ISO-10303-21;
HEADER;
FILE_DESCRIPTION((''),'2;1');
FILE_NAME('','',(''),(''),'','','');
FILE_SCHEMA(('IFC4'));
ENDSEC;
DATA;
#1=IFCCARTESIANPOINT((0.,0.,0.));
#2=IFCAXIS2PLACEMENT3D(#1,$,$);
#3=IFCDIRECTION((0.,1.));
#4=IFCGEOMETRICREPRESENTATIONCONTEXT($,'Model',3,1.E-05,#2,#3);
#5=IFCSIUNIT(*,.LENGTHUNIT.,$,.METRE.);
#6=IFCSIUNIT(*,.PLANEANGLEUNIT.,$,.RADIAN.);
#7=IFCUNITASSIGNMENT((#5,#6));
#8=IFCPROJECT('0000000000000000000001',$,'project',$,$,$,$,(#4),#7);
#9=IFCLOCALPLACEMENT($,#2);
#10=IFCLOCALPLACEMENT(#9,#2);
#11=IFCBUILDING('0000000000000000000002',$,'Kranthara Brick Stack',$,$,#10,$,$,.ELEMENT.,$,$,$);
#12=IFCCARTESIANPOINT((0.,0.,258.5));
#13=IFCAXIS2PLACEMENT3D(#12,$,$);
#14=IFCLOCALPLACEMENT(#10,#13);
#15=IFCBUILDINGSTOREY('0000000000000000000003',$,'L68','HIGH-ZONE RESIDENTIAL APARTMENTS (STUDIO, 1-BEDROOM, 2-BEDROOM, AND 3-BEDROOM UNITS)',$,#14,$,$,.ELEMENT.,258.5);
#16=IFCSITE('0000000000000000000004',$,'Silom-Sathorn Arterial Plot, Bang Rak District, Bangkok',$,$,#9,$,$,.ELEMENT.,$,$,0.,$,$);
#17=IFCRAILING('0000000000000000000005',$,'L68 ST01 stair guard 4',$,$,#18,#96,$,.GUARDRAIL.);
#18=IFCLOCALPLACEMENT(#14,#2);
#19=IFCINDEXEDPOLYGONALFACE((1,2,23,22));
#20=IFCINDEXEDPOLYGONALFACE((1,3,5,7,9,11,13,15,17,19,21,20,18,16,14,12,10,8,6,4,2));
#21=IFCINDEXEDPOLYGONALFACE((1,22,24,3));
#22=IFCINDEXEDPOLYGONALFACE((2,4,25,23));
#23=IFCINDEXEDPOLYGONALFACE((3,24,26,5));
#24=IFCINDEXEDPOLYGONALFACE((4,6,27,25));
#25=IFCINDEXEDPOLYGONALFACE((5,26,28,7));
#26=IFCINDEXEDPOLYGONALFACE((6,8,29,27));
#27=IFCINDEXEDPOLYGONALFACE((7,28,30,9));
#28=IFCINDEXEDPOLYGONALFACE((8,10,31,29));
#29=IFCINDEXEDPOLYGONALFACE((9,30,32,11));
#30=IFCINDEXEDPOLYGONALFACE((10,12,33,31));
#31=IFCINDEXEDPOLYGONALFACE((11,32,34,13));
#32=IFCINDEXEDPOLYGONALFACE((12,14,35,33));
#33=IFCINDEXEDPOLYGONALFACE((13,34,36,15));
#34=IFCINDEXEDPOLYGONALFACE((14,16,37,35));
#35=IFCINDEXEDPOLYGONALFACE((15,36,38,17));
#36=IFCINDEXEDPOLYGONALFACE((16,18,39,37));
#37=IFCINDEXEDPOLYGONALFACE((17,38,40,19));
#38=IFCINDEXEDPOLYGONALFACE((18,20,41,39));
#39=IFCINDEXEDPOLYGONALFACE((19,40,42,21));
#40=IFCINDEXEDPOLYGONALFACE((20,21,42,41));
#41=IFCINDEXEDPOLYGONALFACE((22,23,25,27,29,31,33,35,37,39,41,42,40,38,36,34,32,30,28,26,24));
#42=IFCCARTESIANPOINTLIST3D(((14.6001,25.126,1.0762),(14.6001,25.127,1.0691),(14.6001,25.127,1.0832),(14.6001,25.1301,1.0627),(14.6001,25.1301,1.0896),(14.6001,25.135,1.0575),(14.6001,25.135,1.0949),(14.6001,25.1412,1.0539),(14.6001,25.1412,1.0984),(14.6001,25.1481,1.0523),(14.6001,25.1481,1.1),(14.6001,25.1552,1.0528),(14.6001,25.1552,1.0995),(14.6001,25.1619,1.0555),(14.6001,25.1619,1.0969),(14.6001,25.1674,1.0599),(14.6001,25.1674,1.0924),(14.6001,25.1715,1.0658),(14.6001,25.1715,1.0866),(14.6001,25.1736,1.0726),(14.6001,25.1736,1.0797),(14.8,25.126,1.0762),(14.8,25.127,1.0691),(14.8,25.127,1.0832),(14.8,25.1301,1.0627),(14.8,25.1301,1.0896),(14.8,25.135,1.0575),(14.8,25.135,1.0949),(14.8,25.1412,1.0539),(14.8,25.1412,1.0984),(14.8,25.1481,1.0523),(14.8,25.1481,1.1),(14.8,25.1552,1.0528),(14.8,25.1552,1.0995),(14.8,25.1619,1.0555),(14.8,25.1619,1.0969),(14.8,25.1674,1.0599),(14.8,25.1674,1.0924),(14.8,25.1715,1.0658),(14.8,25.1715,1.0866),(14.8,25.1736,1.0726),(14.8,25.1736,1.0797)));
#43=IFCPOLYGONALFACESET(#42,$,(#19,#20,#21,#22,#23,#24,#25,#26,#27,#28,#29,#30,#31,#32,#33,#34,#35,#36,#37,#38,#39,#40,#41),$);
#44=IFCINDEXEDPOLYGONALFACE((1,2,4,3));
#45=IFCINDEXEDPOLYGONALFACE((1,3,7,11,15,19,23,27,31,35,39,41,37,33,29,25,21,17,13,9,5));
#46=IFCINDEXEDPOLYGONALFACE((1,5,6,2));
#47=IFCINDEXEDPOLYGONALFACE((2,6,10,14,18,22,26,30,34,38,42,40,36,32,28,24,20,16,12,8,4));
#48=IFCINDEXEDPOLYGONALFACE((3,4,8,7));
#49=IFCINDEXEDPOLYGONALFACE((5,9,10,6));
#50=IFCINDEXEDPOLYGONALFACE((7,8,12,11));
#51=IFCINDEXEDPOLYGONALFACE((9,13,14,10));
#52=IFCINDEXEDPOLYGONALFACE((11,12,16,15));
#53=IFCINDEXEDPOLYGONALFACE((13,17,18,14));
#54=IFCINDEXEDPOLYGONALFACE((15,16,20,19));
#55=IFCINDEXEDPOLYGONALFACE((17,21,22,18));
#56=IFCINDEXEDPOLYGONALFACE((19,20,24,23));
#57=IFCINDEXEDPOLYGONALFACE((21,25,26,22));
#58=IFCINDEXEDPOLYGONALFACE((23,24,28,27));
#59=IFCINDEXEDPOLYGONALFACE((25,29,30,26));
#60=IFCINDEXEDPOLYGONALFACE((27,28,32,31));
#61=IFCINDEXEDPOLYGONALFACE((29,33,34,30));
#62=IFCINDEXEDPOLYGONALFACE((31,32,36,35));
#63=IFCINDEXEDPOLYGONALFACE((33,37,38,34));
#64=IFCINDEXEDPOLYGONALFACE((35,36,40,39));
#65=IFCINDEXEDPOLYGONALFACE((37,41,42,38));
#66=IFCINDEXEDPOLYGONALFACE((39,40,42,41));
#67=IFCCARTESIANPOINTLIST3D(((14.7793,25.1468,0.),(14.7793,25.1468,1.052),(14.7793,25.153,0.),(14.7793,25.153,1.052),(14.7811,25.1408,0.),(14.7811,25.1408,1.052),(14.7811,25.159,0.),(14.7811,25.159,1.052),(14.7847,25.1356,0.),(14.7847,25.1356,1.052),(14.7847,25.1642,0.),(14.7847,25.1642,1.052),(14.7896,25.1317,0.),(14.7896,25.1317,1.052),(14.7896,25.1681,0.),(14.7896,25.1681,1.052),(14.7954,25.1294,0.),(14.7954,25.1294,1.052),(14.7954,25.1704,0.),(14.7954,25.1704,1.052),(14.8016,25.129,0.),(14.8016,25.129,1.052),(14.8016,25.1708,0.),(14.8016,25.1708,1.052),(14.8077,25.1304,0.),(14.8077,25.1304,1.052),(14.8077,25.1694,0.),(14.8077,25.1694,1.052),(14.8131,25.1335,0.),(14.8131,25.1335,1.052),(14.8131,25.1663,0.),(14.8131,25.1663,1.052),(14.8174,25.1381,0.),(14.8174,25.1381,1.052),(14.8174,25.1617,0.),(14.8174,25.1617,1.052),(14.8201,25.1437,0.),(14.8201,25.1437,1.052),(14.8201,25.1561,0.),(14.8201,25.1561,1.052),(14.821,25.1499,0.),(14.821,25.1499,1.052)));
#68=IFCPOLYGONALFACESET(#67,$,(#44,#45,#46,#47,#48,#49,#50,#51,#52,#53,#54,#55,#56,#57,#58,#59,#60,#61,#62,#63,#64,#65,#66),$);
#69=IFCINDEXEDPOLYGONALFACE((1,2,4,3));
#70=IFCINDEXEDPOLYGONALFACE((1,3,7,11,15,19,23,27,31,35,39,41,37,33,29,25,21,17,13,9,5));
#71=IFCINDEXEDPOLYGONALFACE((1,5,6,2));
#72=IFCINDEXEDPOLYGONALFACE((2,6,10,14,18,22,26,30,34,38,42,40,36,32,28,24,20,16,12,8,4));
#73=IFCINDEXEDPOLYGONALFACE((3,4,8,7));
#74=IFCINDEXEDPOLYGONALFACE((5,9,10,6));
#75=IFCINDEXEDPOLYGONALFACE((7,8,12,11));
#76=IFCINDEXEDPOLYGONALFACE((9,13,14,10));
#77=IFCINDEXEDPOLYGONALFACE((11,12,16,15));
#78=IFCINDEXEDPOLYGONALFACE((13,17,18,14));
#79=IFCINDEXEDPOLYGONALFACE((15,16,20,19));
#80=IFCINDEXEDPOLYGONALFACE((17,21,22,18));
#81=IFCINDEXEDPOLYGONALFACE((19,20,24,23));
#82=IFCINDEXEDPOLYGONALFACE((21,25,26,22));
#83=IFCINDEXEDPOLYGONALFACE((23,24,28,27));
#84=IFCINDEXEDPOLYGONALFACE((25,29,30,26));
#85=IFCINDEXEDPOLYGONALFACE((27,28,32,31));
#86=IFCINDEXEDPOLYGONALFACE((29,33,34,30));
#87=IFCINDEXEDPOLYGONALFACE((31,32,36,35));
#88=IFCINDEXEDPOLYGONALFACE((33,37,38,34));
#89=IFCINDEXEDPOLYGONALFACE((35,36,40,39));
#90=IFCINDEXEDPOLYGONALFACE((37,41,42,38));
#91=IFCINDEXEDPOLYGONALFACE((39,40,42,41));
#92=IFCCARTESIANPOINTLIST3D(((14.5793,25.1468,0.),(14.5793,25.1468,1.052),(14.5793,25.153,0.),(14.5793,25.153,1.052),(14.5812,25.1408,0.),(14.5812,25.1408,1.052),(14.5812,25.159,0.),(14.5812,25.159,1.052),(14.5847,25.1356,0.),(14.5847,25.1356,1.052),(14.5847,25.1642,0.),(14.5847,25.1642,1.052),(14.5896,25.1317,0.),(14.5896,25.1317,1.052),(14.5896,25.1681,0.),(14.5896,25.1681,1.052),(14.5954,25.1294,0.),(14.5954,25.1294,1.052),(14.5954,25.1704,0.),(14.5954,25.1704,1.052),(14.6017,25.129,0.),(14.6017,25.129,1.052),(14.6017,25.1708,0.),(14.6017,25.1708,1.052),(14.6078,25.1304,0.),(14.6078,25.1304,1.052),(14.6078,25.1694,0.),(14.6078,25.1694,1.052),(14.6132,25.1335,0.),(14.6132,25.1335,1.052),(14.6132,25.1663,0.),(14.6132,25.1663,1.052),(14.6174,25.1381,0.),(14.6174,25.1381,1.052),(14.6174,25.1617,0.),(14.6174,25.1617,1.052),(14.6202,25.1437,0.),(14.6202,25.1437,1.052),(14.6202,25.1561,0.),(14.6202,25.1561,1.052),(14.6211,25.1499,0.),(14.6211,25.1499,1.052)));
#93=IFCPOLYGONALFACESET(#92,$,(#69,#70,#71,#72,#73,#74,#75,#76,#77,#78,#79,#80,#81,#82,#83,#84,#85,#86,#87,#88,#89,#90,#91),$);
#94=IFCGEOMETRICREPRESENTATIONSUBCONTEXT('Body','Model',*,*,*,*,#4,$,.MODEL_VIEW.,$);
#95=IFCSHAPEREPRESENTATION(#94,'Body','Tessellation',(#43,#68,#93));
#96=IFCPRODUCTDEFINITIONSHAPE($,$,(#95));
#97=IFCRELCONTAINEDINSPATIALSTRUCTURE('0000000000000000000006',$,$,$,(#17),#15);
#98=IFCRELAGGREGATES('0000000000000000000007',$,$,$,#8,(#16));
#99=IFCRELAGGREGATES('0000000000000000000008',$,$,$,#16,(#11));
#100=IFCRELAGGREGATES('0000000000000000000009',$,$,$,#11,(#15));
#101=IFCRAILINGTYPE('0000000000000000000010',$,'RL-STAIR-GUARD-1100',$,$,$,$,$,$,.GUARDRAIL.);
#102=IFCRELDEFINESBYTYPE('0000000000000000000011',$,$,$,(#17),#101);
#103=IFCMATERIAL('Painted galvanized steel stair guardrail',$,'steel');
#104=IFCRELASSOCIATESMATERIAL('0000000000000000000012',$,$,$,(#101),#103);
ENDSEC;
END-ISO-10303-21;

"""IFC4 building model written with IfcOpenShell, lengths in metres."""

from ifc_helpers import new_model, si_unit, direction, frame, origin, origin_2d, place, context, subcontext, project, spatial, circle, extrude, material, type_object, element, save


model = new_model("IFC4")

# Units and contexts
model_context = context("Model", 3, precision=1e-05, world=origin(), true_north=direction((0.0, 1.0)))
body_context = subcontext(model_context, "Body", "Model", "MODEL_VIEW")
ifc_project = project(units=[si_unit("LENGTHUNIT", "METRE"), si_unit("PLANEANGLEUNIT", "RADIAN")], contexts=[model_context])

# Site, building, storey
site_placement = place(None, origin())
site = spatial("IfcSite", under=ifc_project, at=site_placement, Name="Silom-Sathorn Arterial Plot, Bang Rak District, Bangkok", CompositionType="ELEMENT", RefElevation=0.0)
building_placement = place(site_placement, origin())
building = spatial("IfcBuilding", under=site, at=building_placement, Name="Kranthara Brick Stack", CompositionType="ELEMENT")
storey_placement = place(building_placement, frame((0.0, 0.0, 258.5)))
storey = spatial("IfcBuildingStorey", under=building, at=storey_placement, Name="L68", Description="HIGH-ZONE RESIDENTIAL APARTMENTS (STUDIO, 1-BEDROOM, 2-BEDROOM, AND 3-BEDROOM UNITS)", CompositionType="ELEMENT", Elevation=258.5)

# Railing
ifc_material_1 = material(Name="Painted galvanized steel stair guardrail", Category="steel")
railing_type = type_object("IfcRailingType", Name="RL-STAIR-GUARD-1100", PredefinedType="GUARDRAIL", material=ifc_material_1)
railing_placement = place(storey_placement, frame((14.8, 25.1499, 0.0)))
element("IfcRailing", 1, at=railing_placement, inside=storey, type_object=railing_type, Name="L68 ST01 stair guard 4", PredefinedType="GUARDRAIL", context=body_context, shape_type="SweptSolid", body=[
    extrude(circle(Radius=0.0239, at=origin_2d()), frame((0.0, 0.0, 1.0762), z_axis=(-1.0, 0.0, 0.0), x_axis=(0.0, -1.0, 0.0)), (0.0, 0.0, 1.0), 0.2),
    extrude(circle(Radius=0.021, at=origin_2d()), origin(), (0.0, 0.0, 1.0), 1.052),
    extrude(circle(Radius=0.021, at=origin_2d()), frame((-0.2, 0.0, 0.0)), (0.0, 0.0, 1.0), 1.052),
])

save(model, "model.ifc")
